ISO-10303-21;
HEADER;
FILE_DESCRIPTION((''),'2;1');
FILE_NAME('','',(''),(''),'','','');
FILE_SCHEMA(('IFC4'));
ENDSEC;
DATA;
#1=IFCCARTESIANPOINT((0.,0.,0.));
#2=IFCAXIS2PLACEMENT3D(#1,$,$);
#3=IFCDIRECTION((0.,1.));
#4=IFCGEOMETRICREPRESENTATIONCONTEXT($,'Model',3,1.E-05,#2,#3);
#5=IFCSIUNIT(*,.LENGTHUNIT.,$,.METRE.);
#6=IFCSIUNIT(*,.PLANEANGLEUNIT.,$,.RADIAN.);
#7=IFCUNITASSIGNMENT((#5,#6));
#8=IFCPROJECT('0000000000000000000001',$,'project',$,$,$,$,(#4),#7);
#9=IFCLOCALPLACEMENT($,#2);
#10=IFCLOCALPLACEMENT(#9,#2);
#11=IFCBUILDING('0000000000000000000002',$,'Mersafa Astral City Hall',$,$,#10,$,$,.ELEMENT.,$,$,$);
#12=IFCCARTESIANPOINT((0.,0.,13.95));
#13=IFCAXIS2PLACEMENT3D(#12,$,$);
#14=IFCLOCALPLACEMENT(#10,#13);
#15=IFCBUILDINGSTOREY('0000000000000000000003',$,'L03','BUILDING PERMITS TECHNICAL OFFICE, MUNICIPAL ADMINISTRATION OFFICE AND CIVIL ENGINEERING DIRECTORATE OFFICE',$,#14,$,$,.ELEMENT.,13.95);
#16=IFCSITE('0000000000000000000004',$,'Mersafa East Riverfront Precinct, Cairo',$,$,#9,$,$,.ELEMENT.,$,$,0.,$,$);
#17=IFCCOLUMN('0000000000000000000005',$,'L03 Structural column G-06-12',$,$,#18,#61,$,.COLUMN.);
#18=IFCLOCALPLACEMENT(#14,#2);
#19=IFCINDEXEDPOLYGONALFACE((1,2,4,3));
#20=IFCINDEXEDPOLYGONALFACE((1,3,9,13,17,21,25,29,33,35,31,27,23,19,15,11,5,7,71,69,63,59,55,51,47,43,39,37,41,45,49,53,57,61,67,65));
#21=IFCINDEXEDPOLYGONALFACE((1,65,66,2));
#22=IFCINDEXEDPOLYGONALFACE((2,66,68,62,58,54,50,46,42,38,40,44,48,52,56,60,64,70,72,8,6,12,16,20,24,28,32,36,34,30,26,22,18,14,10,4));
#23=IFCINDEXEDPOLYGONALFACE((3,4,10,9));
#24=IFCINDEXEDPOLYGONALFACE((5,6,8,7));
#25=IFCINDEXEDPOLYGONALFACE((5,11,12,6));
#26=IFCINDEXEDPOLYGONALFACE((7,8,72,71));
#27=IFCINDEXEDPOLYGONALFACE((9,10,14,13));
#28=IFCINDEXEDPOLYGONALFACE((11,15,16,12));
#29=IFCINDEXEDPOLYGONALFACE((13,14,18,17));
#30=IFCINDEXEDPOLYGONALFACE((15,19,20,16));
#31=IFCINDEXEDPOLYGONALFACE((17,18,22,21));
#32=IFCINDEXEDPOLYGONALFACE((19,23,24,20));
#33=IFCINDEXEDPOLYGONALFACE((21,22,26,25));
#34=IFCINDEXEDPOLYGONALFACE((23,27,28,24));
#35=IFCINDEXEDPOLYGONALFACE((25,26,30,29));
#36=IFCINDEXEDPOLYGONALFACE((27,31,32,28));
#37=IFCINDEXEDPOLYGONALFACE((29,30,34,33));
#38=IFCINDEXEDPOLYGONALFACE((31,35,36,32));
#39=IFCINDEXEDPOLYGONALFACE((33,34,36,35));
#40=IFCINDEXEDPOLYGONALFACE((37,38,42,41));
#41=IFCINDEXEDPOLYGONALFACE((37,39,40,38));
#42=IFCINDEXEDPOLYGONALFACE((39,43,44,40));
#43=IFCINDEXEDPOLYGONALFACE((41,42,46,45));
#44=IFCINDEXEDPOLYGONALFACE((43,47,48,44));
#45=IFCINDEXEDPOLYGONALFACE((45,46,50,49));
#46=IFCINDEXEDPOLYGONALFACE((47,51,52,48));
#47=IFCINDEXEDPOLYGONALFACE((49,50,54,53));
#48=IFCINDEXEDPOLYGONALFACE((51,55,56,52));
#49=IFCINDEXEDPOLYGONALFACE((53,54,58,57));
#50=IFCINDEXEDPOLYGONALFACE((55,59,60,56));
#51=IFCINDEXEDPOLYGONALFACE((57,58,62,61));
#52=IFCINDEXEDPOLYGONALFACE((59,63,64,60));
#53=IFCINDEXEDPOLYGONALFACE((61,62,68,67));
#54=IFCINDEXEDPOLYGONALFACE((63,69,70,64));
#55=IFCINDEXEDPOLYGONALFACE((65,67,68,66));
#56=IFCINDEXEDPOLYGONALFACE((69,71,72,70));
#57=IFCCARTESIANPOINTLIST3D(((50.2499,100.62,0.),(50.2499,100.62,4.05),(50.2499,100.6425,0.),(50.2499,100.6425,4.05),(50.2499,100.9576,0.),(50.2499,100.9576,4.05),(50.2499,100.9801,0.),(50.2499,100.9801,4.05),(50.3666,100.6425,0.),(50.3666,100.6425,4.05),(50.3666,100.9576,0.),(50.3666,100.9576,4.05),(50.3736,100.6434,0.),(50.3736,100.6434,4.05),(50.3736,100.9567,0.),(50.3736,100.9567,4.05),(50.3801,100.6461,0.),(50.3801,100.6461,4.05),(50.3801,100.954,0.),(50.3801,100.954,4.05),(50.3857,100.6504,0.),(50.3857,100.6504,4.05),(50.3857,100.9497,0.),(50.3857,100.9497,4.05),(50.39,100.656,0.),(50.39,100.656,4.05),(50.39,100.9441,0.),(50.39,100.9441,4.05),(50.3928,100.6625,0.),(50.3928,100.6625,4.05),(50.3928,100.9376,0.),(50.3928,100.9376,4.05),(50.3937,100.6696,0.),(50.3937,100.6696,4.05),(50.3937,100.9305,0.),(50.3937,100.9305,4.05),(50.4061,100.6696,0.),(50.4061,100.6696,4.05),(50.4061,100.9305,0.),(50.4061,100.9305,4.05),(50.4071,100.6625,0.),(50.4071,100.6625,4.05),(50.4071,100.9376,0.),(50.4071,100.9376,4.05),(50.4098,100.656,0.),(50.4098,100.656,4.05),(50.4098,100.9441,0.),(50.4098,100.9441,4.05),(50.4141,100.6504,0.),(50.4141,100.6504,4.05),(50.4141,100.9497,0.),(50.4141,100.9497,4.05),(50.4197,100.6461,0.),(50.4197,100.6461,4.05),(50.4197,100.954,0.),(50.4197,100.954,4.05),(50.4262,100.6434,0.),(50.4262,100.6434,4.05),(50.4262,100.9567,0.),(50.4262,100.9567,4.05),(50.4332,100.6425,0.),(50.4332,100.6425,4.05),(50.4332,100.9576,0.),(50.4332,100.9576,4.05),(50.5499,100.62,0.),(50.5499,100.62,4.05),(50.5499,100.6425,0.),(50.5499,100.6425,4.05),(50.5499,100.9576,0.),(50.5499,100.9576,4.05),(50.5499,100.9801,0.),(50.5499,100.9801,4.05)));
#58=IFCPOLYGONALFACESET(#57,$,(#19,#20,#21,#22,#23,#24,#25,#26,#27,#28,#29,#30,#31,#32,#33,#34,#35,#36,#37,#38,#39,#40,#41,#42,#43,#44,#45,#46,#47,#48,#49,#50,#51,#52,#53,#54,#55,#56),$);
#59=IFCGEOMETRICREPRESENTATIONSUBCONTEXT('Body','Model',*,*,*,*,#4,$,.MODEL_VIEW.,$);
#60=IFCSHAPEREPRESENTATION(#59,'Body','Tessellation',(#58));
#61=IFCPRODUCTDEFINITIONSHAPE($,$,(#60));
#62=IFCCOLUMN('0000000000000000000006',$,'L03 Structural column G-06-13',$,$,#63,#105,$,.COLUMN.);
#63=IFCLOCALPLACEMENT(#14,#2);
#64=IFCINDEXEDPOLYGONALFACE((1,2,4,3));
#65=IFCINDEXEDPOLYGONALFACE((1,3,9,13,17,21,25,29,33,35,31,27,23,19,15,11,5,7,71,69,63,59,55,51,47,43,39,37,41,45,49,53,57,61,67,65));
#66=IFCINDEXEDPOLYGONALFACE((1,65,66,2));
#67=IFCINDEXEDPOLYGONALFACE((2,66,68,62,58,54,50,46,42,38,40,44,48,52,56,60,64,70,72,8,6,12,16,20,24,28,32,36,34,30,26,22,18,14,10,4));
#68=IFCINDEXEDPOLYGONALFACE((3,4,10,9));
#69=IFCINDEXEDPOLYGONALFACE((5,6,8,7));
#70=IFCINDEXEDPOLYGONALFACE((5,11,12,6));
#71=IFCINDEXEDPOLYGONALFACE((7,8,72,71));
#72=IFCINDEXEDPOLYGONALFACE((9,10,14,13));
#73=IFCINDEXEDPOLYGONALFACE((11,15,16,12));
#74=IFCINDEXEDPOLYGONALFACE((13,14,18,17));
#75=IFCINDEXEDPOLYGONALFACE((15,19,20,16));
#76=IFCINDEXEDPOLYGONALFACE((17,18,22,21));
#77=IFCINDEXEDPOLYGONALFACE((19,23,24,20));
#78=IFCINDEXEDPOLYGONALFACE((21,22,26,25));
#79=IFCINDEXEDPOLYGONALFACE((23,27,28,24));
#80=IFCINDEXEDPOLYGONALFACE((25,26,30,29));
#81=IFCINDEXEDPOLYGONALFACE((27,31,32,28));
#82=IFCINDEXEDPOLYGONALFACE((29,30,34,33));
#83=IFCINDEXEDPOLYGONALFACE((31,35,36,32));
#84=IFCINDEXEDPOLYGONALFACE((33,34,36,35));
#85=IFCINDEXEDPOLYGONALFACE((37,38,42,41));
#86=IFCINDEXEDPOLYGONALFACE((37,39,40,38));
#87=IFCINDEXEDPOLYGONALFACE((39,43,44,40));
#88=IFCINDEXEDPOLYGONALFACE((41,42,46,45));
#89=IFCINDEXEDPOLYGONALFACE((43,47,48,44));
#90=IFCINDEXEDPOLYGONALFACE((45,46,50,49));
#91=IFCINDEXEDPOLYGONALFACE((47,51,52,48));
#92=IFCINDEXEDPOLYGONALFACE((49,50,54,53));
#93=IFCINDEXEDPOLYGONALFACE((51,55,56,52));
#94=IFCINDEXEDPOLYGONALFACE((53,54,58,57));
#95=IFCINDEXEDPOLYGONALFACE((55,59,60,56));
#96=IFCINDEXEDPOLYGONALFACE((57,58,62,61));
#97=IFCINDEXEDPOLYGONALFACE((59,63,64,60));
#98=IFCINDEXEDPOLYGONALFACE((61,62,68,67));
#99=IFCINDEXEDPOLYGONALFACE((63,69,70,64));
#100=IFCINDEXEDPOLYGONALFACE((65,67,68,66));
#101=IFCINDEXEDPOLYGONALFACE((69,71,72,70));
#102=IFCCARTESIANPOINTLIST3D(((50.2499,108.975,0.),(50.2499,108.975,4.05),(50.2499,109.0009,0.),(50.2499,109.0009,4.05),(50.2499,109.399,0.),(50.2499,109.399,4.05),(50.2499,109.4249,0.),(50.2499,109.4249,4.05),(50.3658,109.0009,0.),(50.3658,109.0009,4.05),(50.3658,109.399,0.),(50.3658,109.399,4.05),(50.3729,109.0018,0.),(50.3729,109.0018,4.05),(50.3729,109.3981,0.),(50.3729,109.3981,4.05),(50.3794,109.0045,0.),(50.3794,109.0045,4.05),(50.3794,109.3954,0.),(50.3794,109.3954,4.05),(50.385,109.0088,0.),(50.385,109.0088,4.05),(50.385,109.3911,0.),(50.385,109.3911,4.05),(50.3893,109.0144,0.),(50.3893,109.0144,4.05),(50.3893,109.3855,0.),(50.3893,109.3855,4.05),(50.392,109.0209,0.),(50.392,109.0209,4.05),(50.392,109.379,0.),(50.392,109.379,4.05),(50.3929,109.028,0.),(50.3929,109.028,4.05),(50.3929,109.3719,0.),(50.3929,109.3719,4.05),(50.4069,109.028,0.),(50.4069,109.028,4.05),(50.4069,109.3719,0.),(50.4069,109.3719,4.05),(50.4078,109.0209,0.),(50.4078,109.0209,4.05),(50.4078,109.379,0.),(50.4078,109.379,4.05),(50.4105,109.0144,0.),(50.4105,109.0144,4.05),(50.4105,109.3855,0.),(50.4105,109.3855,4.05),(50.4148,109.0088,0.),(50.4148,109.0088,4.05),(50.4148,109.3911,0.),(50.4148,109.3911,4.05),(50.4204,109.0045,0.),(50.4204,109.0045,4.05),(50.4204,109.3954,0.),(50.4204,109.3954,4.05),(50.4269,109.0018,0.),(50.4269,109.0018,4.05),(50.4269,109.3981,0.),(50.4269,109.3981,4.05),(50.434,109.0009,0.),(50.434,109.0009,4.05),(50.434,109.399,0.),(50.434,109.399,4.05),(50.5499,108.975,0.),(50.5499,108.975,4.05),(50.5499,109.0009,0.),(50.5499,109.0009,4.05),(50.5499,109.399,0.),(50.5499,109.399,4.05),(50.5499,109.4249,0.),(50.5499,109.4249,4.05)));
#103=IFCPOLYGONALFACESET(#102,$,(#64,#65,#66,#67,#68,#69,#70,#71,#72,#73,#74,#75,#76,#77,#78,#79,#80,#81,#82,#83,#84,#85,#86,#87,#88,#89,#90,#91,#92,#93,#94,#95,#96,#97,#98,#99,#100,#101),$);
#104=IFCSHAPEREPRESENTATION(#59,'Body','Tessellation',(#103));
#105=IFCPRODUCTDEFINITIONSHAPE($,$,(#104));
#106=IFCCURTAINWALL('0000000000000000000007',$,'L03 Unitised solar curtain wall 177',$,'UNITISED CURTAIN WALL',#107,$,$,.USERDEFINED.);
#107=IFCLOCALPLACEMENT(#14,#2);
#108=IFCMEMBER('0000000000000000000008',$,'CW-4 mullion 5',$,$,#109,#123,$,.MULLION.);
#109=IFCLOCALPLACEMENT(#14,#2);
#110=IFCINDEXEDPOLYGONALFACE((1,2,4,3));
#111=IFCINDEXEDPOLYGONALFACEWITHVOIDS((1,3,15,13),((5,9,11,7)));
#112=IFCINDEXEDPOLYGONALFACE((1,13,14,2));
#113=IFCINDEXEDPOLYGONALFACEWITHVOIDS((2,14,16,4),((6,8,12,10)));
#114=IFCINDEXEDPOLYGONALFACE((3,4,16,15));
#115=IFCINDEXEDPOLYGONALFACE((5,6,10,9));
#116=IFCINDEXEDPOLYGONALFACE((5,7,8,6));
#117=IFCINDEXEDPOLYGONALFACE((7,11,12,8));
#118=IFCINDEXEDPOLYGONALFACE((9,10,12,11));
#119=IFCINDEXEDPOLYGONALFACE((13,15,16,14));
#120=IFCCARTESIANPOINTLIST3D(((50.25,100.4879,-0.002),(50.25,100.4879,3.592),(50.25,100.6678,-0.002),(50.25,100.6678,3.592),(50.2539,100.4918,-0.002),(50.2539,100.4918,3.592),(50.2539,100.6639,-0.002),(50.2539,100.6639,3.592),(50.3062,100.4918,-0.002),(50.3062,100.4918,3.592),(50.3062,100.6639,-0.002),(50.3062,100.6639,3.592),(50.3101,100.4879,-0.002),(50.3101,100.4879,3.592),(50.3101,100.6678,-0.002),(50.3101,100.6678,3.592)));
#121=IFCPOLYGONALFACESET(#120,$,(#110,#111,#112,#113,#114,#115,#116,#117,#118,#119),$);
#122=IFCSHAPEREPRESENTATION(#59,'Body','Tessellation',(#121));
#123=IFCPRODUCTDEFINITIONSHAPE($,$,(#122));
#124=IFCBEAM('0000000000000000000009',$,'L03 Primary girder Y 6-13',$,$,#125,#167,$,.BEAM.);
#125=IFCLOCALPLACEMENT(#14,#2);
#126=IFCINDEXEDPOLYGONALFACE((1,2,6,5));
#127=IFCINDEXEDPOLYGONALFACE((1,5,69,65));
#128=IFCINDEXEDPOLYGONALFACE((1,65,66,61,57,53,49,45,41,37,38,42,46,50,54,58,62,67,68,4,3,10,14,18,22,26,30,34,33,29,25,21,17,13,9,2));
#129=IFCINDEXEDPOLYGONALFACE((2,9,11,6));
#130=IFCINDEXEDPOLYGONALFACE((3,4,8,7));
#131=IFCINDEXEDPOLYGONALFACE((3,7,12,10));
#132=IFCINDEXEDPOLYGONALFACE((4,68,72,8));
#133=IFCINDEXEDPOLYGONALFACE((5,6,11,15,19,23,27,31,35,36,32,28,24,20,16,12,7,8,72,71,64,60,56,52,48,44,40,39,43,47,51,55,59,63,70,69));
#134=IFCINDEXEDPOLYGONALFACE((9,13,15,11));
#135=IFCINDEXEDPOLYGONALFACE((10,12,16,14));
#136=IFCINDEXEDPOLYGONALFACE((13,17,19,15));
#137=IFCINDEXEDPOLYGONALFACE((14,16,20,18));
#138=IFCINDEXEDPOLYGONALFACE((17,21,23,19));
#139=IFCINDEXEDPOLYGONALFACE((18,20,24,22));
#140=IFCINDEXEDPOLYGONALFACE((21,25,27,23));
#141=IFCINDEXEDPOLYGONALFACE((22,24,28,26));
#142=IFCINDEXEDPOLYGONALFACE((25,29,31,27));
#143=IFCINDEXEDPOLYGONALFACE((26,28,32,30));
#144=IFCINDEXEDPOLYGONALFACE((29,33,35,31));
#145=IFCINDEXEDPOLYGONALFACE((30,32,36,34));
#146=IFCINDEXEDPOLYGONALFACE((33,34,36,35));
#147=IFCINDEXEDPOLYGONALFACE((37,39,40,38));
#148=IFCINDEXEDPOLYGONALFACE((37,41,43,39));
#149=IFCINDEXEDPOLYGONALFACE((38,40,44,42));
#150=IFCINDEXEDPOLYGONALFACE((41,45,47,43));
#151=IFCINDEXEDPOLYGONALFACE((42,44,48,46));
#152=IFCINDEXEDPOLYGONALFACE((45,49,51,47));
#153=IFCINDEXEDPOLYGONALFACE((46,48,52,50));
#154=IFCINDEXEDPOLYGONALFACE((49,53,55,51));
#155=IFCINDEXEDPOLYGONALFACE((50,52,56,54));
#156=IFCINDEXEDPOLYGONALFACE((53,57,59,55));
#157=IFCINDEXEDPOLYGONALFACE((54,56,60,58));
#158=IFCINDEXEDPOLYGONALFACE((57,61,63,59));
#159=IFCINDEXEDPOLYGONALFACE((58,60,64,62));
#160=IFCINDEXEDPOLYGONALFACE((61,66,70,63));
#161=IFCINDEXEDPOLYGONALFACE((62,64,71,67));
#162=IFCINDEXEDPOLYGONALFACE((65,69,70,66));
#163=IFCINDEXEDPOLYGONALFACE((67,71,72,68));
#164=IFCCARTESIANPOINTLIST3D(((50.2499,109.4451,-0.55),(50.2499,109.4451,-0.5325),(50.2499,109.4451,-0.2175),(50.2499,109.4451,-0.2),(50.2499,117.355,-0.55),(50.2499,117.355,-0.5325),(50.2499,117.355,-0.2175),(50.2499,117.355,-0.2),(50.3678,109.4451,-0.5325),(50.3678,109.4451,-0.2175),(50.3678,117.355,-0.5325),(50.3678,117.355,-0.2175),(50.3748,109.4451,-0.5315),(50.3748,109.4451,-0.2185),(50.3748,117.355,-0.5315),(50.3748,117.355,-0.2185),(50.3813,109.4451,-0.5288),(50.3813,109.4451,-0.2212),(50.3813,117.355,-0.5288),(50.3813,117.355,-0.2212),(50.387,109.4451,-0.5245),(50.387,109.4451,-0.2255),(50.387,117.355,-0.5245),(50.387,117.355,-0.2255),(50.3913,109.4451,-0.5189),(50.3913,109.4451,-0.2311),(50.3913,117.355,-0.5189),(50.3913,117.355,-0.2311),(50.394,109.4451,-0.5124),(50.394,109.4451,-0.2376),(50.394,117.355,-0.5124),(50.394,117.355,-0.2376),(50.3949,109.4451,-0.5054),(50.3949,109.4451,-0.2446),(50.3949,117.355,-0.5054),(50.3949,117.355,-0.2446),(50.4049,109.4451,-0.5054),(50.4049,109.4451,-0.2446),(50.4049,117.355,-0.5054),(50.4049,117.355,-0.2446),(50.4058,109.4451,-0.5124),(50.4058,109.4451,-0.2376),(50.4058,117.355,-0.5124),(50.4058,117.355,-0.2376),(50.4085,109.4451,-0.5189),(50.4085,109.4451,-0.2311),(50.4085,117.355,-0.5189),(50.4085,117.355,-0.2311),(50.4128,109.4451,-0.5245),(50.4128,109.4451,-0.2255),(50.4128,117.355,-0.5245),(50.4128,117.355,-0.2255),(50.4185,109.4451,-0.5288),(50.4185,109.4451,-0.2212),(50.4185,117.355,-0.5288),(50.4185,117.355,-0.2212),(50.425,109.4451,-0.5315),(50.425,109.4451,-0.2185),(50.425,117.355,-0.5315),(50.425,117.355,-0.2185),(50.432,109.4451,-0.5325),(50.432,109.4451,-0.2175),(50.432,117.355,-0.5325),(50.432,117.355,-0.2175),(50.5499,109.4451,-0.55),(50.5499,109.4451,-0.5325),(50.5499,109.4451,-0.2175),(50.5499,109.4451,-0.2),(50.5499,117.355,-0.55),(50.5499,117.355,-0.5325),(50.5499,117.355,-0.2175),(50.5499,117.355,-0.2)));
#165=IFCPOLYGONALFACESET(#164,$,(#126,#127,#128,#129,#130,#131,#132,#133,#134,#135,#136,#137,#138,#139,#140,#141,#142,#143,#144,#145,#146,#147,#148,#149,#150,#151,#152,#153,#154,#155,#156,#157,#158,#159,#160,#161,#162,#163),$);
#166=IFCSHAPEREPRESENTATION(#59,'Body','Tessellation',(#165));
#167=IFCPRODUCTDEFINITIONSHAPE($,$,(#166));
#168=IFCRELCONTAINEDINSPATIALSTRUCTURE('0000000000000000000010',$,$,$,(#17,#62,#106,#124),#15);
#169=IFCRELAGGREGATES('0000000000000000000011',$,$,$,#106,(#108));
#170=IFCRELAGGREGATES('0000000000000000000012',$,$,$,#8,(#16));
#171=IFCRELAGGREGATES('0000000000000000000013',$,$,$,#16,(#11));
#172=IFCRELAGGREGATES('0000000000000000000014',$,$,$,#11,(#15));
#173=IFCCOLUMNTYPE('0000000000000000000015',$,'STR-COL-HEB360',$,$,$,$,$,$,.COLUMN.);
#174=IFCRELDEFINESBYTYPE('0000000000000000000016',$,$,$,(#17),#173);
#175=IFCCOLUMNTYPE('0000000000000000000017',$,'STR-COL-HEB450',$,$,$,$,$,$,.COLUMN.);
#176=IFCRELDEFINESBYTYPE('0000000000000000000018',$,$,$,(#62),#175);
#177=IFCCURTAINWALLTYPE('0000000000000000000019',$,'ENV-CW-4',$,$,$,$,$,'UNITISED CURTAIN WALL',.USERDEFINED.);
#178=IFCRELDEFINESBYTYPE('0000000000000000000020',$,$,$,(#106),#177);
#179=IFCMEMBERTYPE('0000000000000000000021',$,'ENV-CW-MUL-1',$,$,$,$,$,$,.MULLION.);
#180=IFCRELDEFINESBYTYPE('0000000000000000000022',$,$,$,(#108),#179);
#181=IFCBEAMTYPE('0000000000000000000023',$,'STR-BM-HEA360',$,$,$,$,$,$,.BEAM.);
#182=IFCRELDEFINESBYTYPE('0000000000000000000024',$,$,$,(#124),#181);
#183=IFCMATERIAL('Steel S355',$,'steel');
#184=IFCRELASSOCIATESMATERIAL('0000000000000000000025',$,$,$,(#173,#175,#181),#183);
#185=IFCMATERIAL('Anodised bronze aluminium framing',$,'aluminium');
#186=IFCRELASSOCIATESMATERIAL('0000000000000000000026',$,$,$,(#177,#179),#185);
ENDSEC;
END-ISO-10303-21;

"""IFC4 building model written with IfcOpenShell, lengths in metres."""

from ifc_helpers import new_model, si_unit, direction, frame, origin, origin_2d, place, context, subcontext, project, spatial, hollow_rectangle, i_section, extrude, material, material_profile, profile_set, type_object, element, aggregate, save


model = new_model("IFC4")

# Units and contexts
model_context = context("Model", 3, precision=1e-05, world=origin(), true_north=direction((0.0, 1.0)))
body_context = subcontext(model_context, "Body", "Model", "MODEL_VIEW")
ifc_project = project(units=[si_unit("LENGTHUNIT", "METRE"), si_unit("PLANEANGLEUNIT", "RADIAN")], contexts=[model_context])

# Site, building, storey
site_placement = place(None, origin())
site = spatial("IfcSite", under=ifc_project, at=site_placement, Name="Mersafa East Riverfront Precinct, Cairo", CompositionType="ELEMENT", RefElevation=0.0)
building_placement = place(site_placement, origin())
building = spatial("IfcBuilding", under=site, at=building_placement, Name="Mersafa Astral City Hall", CompositionType="ELEMENT")
storey_placement = place(building_placement, frame((0.0, 0.0, 13.95)))
storey = spatial("IfcBuildingStorey", under=building, at=storey_placement, Name="L03", Description="BUILDING PERMITS TECHNICAL OFFICE, MUNICIPAL ADMINISTRATION OFFICE AND CIVIL ENGINEERING DIRECTORATE OFFICE", CompositionType="ELEMENT", Elevation=13.95)

# Columns
ifc_material_1 = material(Name="Steel S355", Category="steel")
ifc_material_profile_1 = material_profile(ifc_material_1, i_section(OverallWidth=0.3, OverallDepth=0.3601, WebThickness=0.0125, FlangeThickness=0.0225, FilletRadius=0.0271, at=origin_2d()), Name="HEB 360")
ifc_profile_set_1 = profile_set([ifc_material_profile_1], Name="Steel S355")
column_type_1 = type_object("IfcColumnType", Name="STR-COL-HEB360", PredefinedType="COLUMN", material=ifc_profile_set_1)
column_1_placement = place(storey_placement, frame((50.3999, 100.8, 0.0), z_axis=(0.0, 0.0, 1.0), x_axis=(1.0, 0.0, 0.0)))
element("IfcColumn", 1, at=column_1_placement, inside=storey, type_object=column_type_1, Name="L03 Structural column G-06-12", PredefinedType="COLUMN", context=body_context, shape_type="SweptSolid", body=[
    extrude(i_section(OverallWidth=0.3, OverallDepth=0.3601, WebThickness=0.0125, FlangeThickness=0.0225, FilletRadius=0.0271, at=origin_2d()), origin(), (0.0, 0.0, 1.0), 4.05),
])
ifc_material_profile_2 = material_profile(ifc_material_1, i_section(OverallWidth=0.3, OverallDepth=0.45, WebThickness=0.0139, FlangeThickness=0.0259, FilletRadius=0.0271, at=origin_2d()), Name="HEB 450")
ifc_profile_set_2 = profile_set([ifc_material_profile_2], Name="Steel S355")
column_type_2 = type_object("IfcColumnType", Name="STR-COL-HEB450", PredefinedType="COLUMN", material=ifc_profile_set_2)
column_2_placement = place(storey_placement, frame((50.3999, 109.2, 0.0), z_axis=(0.0, 0.0, 1.0), x_axis=(1.0, 0.0, 0.0)))
element("IfcColumn", 2, at=column_2_placement, inside=storey, type_object=column_type_2, Name="L03 Structural column G-06-13", PredefinedType="COLUMN", context=body_context, shape_type="SweptSolid", body=[
    extrude(i_section(OverallWidth=0.3, OverallDepth=0.45, WebThickness=0.0139, FlangeThickness=0.0259, FilletRadius=0.0271, at=origin_2d()), origin(), (0.0, 0.0, 1.0), 4.05),
])

# Curtain wall, member
ifc_material_2 = material(Name="Anodised bronze aluminium framing", Category="aluminium")
curtain_wall_type = type_object("IfcCurtainWallType", Name="ENV-CW-4", ElementType="UNITISED CURTAIN WALL", PredefinedType="USERDEFINED", material=ifc_material_2)
curtain_wall_placement = place(storey_placement, origin())
curtain_wall = element("IfcCurtainWall", 3, at=curtain_wall_placement, inside=storey, type_object=curtain_wall_type, Name="L03 Unitised solar curtain wall 177", ObjectType="UNITISED CURTAIN WALL", PredefinedType="USERDEFINED")
ifc_material_profile_3 = material_profile(ifc_material_2, hollow_rectangle(XDim=0.0601, YDim=0.1799, WallThickness=0.0039, at=origin_2d()), Name="RHS 60x180x4")
ifc_profile_set_3 = profile_set([ifc_material_profile_3], Name="Anodised bronze aluminium framing")
member_type = type_object("IfcMemberType", Name="ENV-CW-MUL-1", PredefinedType="MULLION", material=ifc_profile_set_3)
member_placement = place(storey_placement, frame((50.28, 100.5779, -0.002), z_axis=(0.0, 0.0, 1.0), x_axis=(-1.0, 0.0, 0.0)))
member = element("IfcMember", 4, at=member_placement, type_object=member_type, Name="CW-4 mullion 5", PredefinedType="MULLION", context=body_context, shape_type="SweptSolid", body=[
    extrude(hollow_rectangle(XDim=0.0601, YDim=0.1799, WallThickness=0.0039, at=origin_2d()), origin(), (0.0, 0.0, 1.0), 3.594),
])
aggregate(curtain_wall, [member])

# Beam
ifc_material_profile_4 = material_profile(ifc_material_1, i_section(OverallWidth=0.3, OverallDepth=0.3501, WebThickness=0.01, FlangeThickness=0.0176, FilletRadius=0.0271, at=origin_2d()), Name="HEA 360")
ifc_profile_set_4 = profile_set([ifc_material_profile_4], Name="Steel S355")
beam_type_1 = type_object("IfcBeamType", Name="STR-BM-HEA360", PredefinedType="BEAM", material=ifc_profile_set_4)
beam_1_placement = place(storey_placement, frame((50.3999, 109.4451, -0.375), z_axis=(0.0, 1.0, 0.0), x_axis=(-1.0, 0.0, 0.0)))
element("IfcBeam", 5, at=beam_1_placement, inside=storey, type_object=beam_type_1, Name="L03 Primary girder Y 6-13", PredefinedType="BEAM", context=body_context, shape_type="SweptSolid", body=[
    extrude(i_section(OverallWidth=0.3, OverallDepth=0.3501, WebThickness=0.01, FlangeThickness=0.0176, FilletRadius=0.0271, at=origin_2d()), origin(), (0.0, 0.0, 1.0), 7.9099),
])

save(model, "model.ifc")
